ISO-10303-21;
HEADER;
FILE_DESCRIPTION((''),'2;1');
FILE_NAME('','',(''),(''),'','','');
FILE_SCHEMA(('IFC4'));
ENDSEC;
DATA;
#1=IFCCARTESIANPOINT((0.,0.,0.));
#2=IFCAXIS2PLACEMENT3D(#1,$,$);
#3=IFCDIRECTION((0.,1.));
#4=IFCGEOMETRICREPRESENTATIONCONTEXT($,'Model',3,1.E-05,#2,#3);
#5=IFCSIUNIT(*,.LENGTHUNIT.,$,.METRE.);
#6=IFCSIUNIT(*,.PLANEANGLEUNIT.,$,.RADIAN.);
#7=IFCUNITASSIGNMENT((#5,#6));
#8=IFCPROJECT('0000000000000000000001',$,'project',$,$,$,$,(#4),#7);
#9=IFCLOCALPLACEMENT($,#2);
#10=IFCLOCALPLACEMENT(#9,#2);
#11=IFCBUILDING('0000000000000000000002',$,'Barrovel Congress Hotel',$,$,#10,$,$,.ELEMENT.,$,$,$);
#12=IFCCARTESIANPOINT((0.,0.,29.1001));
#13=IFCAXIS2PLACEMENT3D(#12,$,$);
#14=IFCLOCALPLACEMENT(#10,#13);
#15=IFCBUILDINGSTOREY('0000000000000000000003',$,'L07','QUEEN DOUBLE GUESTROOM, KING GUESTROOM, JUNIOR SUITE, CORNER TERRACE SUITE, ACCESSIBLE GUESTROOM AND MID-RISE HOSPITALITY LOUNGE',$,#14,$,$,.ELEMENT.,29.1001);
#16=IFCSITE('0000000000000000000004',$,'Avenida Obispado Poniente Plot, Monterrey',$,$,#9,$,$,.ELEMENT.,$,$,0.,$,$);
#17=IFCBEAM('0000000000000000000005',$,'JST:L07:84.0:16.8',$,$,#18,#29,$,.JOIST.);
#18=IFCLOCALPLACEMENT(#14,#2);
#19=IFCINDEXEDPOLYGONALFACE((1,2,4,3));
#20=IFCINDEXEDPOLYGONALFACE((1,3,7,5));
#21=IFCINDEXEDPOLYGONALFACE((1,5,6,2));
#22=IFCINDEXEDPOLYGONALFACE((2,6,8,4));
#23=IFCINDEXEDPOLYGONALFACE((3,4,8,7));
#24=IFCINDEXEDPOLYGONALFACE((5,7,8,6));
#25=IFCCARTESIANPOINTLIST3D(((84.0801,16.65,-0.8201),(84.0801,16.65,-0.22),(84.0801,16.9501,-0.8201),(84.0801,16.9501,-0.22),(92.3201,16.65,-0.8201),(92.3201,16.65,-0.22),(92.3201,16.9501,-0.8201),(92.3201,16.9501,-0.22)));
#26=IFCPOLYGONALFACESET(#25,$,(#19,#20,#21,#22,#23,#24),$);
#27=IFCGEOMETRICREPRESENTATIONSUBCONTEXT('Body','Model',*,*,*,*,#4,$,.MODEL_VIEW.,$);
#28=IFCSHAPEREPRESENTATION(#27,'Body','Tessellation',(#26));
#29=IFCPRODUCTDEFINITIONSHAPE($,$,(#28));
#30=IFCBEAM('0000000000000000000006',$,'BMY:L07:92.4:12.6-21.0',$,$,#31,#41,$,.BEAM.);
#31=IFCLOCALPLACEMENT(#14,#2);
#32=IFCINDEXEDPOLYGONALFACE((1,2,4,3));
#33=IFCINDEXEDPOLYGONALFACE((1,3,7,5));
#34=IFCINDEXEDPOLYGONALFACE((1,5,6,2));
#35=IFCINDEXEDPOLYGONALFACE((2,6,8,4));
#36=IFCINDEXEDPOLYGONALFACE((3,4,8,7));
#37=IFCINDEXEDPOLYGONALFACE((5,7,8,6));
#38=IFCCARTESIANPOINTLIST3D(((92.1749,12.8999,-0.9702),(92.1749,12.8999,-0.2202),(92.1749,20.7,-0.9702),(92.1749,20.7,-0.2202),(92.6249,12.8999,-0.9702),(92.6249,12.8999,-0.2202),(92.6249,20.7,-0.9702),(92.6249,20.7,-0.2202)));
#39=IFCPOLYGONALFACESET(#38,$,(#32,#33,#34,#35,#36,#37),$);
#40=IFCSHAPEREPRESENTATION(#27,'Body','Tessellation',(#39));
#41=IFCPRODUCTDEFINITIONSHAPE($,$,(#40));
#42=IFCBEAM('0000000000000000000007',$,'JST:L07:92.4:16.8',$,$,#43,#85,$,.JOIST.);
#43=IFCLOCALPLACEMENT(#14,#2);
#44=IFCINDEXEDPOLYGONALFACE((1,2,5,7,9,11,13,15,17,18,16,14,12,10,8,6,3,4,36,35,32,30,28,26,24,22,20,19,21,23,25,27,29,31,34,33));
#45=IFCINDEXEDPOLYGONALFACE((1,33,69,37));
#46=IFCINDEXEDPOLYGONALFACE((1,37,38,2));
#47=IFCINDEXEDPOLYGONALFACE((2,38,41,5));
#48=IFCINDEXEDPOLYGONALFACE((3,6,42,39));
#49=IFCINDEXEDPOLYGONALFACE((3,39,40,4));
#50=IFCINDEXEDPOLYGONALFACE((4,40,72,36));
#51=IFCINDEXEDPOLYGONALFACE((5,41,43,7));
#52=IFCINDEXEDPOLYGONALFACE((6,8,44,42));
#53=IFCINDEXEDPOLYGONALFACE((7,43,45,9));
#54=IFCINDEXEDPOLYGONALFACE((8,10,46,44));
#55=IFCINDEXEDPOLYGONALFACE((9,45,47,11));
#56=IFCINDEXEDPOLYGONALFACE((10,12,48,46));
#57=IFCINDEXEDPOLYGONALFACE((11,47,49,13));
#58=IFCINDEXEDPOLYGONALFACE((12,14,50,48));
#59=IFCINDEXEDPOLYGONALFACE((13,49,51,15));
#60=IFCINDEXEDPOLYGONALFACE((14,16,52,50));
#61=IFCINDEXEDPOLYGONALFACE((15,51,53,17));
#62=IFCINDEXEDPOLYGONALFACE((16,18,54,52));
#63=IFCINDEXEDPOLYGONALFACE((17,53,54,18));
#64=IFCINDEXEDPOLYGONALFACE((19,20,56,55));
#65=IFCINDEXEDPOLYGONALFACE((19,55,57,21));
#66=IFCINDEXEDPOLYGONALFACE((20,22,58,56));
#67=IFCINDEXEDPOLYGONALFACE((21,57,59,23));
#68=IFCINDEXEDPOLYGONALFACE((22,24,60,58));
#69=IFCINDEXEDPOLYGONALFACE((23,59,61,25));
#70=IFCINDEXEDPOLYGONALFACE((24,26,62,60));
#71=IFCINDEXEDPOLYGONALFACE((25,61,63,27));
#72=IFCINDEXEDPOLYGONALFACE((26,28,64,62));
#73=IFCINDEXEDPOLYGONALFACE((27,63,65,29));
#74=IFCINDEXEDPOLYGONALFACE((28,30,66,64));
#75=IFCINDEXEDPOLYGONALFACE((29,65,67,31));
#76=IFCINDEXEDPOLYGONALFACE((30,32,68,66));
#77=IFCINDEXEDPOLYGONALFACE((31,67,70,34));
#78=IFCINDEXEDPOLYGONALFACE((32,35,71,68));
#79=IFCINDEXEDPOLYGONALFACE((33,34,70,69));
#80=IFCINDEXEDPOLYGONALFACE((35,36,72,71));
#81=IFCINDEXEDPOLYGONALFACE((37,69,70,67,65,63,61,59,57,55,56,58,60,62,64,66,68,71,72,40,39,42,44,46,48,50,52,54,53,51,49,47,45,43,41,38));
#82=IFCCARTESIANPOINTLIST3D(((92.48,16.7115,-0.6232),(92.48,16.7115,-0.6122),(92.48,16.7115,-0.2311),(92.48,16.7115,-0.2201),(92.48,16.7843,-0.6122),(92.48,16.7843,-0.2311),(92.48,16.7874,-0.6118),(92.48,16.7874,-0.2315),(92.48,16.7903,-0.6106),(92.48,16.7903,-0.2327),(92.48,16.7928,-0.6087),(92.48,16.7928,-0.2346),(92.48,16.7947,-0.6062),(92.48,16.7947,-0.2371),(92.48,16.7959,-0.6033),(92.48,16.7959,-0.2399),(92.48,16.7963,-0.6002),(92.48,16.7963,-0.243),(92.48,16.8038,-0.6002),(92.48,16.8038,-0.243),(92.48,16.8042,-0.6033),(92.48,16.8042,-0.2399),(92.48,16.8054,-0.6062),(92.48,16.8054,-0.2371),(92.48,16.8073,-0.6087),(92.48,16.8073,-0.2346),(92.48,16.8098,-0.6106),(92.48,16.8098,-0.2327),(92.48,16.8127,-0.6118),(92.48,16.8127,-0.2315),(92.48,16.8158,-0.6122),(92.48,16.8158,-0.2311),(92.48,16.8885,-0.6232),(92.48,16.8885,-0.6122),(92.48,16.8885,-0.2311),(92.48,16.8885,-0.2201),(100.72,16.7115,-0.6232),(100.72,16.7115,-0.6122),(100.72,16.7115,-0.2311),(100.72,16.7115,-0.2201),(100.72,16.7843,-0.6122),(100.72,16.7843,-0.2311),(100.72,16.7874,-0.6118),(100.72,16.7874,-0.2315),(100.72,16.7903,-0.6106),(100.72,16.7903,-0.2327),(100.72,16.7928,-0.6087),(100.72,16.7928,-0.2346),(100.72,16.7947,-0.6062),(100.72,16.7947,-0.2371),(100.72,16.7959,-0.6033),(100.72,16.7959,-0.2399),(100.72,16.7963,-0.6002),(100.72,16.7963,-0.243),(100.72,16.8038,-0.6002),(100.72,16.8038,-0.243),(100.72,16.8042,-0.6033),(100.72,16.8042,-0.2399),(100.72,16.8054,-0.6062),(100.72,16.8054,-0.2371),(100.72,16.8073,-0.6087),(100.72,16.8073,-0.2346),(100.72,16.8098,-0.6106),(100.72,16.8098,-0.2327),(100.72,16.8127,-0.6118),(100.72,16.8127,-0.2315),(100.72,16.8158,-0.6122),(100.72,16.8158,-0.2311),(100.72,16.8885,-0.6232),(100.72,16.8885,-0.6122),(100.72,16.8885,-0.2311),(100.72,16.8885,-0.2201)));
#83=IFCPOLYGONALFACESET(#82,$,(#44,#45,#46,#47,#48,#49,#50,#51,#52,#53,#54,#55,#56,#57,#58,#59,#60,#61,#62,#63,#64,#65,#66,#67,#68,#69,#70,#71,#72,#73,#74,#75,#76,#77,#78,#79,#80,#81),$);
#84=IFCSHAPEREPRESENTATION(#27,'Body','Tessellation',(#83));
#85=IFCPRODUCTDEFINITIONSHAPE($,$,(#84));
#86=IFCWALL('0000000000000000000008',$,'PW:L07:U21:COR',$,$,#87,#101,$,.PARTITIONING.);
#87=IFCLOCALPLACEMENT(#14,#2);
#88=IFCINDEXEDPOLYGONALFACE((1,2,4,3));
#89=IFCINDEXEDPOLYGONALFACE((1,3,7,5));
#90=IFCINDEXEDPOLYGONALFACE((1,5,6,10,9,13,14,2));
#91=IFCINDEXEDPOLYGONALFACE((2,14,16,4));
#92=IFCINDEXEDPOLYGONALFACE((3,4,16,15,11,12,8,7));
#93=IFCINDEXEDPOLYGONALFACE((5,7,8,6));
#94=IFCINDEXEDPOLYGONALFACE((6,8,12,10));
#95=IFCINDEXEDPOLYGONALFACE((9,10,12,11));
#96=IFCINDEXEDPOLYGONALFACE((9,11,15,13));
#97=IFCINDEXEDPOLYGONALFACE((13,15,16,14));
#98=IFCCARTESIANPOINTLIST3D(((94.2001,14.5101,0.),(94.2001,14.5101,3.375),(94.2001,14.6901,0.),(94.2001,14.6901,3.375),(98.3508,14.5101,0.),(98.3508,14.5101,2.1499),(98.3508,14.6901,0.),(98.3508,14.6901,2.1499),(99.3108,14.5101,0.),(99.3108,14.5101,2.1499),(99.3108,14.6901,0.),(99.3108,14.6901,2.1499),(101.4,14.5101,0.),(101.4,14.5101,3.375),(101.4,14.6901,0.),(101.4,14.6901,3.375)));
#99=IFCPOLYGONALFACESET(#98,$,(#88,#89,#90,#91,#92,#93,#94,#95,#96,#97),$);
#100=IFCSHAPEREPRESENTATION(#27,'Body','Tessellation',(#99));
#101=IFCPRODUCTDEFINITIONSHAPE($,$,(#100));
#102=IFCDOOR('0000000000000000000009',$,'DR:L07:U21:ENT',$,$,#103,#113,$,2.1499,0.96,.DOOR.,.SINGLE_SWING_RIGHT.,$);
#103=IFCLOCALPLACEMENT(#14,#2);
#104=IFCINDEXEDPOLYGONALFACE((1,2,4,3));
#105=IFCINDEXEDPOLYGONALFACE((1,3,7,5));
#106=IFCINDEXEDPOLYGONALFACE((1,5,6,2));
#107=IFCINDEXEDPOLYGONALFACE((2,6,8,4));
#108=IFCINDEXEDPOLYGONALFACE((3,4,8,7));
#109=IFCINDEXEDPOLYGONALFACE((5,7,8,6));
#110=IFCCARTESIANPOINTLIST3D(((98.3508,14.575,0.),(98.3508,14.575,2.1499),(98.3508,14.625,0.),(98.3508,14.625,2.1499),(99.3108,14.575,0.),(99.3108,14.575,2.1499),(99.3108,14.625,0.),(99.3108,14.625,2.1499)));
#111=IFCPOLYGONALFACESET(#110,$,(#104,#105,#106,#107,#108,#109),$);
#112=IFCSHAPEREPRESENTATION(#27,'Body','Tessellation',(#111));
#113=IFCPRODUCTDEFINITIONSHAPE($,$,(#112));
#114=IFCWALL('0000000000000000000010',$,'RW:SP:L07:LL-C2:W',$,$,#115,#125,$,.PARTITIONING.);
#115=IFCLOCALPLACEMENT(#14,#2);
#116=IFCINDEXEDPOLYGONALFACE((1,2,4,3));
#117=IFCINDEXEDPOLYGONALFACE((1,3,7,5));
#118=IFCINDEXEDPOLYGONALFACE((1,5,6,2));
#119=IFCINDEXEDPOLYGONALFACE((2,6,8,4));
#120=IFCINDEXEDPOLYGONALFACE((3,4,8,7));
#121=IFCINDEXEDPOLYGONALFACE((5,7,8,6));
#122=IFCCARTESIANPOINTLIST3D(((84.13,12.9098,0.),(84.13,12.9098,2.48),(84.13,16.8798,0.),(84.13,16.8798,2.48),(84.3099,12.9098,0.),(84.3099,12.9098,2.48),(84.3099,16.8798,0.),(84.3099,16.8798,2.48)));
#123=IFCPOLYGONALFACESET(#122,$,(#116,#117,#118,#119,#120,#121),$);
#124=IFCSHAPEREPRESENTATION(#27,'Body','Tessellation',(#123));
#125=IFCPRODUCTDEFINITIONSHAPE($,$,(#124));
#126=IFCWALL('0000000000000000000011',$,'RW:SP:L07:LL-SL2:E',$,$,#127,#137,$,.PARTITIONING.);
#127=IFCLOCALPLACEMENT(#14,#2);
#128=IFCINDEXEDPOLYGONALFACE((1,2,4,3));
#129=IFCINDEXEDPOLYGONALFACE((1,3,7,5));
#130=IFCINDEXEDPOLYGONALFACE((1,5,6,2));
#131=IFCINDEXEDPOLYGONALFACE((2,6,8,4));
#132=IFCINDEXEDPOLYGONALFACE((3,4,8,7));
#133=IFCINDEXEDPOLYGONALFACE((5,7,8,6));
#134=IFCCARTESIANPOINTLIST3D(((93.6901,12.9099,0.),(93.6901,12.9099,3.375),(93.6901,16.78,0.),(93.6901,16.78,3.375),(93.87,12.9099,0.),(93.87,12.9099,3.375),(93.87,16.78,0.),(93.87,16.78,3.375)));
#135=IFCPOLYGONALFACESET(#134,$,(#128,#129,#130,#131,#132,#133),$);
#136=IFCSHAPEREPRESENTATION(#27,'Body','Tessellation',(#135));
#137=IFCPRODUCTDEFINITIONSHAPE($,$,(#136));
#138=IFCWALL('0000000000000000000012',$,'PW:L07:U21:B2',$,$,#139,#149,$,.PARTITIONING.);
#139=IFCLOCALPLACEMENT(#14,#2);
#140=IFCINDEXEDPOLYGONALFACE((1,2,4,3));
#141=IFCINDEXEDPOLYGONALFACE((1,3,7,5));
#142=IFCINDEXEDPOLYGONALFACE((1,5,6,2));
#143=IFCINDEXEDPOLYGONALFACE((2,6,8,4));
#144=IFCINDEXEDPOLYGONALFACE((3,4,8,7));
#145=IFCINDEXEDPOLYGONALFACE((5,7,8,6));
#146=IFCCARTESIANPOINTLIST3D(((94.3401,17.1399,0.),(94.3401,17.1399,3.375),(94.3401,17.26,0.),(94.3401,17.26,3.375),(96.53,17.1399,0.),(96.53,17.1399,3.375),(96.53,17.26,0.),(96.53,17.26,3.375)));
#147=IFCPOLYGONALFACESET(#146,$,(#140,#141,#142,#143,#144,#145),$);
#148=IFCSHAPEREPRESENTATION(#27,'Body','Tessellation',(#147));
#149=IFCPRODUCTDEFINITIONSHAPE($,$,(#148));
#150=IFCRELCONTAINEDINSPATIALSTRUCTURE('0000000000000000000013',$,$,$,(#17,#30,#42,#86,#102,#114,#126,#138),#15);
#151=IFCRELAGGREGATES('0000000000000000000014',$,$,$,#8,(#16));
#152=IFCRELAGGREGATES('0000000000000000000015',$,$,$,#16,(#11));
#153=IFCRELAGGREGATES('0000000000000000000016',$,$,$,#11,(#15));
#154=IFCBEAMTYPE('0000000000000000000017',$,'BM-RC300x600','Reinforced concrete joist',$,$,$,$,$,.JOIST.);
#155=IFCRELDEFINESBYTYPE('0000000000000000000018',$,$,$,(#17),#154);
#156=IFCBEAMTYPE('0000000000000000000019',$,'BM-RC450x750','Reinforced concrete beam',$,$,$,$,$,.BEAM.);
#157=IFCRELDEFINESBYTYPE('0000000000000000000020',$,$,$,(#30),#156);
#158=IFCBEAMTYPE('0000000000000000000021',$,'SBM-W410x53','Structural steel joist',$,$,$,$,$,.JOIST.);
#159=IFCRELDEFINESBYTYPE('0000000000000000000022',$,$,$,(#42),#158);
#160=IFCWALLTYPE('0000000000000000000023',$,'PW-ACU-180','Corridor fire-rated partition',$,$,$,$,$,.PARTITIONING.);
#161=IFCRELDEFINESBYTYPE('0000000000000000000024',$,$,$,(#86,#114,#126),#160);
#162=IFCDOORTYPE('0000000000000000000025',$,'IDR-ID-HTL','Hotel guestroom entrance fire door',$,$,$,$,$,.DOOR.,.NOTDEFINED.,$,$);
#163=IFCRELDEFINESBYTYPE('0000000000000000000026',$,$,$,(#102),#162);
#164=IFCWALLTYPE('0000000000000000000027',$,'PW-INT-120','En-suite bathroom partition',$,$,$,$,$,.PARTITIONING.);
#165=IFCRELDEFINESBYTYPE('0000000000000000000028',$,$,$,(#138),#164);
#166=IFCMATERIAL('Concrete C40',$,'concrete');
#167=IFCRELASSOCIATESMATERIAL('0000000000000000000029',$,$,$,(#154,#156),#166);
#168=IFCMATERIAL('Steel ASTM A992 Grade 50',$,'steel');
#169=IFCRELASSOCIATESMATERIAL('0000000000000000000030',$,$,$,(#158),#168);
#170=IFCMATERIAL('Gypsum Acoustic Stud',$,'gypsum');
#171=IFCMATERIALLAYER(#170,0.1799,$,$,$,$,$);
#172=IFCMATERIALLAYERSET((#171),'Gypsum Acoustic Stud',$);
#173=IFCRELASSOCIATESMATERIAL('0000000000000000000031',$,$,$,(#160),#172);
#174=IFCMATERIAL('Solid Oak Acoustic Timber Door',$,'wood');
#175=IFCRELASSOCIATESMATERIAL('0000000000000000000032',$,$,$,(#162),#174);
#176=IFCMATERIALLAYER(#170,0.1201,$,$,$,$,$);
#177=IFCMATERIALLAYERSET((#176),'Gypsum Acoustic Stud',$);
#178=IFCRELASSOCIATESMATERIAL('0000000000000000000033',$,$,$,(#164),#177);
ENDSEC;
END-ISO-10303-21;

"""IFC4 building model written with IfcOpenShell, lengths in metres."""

from ifc_helpers import new_model, si_unit, direction, frame, frame_2d, origin, origin_2d, place, context, subcontext, project, spatial, rectangle, i_section, extrude, material, layer, layer_set, material_profile, profile_set, type_object, element, fill, save


model = new_model("IFC4")

# Units and contexts
model_context = context("Model", 3, precision=1e-05, world=origin(), true_north=direction((0.0, 1.0)))
body_context = subcontext(model_context, "Body", "Model", "MODEL_VIEW")
ifc_project = project(units=[si_unit("LENGTHUNIT", "METRE"), si_unit("PLANEANGLEUNIT", "RADIAN")], contexts=[model_context])

# Site, building, storey
site_placement = place(None, origin())
site = spatial("IfcSite", under=ifc_project, at=site_placement, Name="Avenida Obispado Poniente Plot, Monterrey", CompositionType="ELEMENT", RefElevation=0.0)
building_placement = place(site_placement, origin())
building = spatial("IfcBuilding", under=site, at=building_placement, Name="Barrovel Congress Hotel", CompositionType="ELEMENT")
storey_placement = place(building_placement, frame((0.0, 0.0, 29.1001)))
storey = spatial("IfcBuildingStorey", under=building, at=storey_placement, Name="L07", Description="QUEEN DOUBLE GUESTROOM, KING GUESTROOM, JUNIOR SUITE, CORNER TERRACE SUITE, ACCESSIBLE GUESTROOM AND MID-RISE HOSPITALITY LOUNGE", CompositionType="ELEMENT", Elevation=29.1001)

# Beams
ifc_material_1 = material(Name="Concrete C40", Category="concrete")
ifc_material_profile_1 = material_profile(ifc_material_1, rectangle(XDim=0.3, YDim=0.6001, at=origin_2d()), Name="RC300x600")
ifc_profile_set_1 = profile_set([ifc_material_profile_1], Name="Concrete C40")
beam_type_1 = type_object("IfcBeamType", Name="BM-RC300x600", Description="Reinforced concrete joist", PredefinedType="JOIST", material=ifc_profile_set_1)
beam_1_placement = place(storey_placement, frame((84.0801, 16.8, -0.52), z_axis=(1.0, 0.0, 0.0), x_axis=(0.0, 1.0, 0.0)))
element("IfcBeam", 1, at=beam_1_placement, inside=storey, type_object=beam_type_1, Name="JST:L07:84.0:16.8", PredefinedType="JOIST", context=body_context, shape_type="SweptSolid", body=[
    extrude(rectangle(XDim=0.3, YDim=0.6001, at=origin_2d()), origin(), (0.0, 0.0, 1.0), 8.24),
])
ifc_material_profile_2 = material_profile(ifc_material_1, rectangle(XDim=0.45, YDim=0.75, at=origin_2d()), Name="RC450x750")
ifc_profile_set_2 = profile_set([ifc_material_profile_2], Name="Concrete C40")
beam_type_2 = type_object("IfcBeamType", Name="BM-RC450x750", Description="Reinforced concrete beam", PredefinedType="BEAM", material=ifc_profile_set_2)
beam_2_placement = place(storey_placement, frame((92.3999, 12.8999, -0.5952), z_axis=(0.0, 1.0, 0.0), x_axis=(-1.0, 0.0, 0.0)))
element("IfcBeam", 2, at=beam_2_placement, inside=storey, type_object=beam_type_2, Name="BMY:L07:92.4:12.6-21.0", PredefinedType="BEAM", context=body_context, shape_type="SweptSolid", body=[
    extrude(rectangle(XDim=0.45, YDim=0.75, at=origin_2d()), origin(), (0.0, 0.0, 1.0), 7.8),
])
ifc_material_2 = material(Name="Steel ASTM A992 Grade 50", Category="steel")
ifc_material_profile_3 = material_profile(ifc_material_2, i_section(OverallWidth=0.177, OverallDepth=0.4031, WebThickness=0.0076, FlangeThickness=0.011, FilletRadius=0.012, at=origin_2d()), Name="W410x53")
ifc_profile_set_3 = profile_set([ifc_material_profile_3], Name="Steel ASTM A992 Grade 50")
beam_type_3 = type_object("IfcBeamType", Name="SBM-W410x53", Description="Structural steel joist", PredefinedType="JOIST", material=ifc_profile_set_3)
beam_3_placement = place(storey_placement, frame((92.48, 16.8, -0.4216), z_axis=(1.0, 0.0, 0.0), x_axis=(0.0, 1.0, 0.0)))
element("IfcBeam", 3, at=beam_3_placement, inside=storey, type_object=beam_type_3, Name="JST:L07:92.4:16.8", PredefinedType="JOIST", context=body_context, shape_type="SweptSolid", body=[
    extrude(i_section(OverallWidth=0.177, OverallDepth=0.4031, WebThickness=0.0076, FlangeThickness=0.011, FilletRadius=0.012, at=origin_2d()), origin(), (0.0, 0.0, 1.0), 8.24),
])

# Wall, opening, door
ifc_material_3 = material(Name="Gypsum Acoustic Stud", Category="gypsum")
ifc_layer_1 = layer(ifc_material_3, 0.1799)
ifc_layer_set_1 = layer_set([ifc_layer_1], Name="Gypsum Acoustic Stud")
wall_type_1 = type_object("IfcWallType", Name="PW-ACU-180", Description="Corridor fire-rated partition", PredefinedType="PARTITIONING", material=ifc_layer_set_1)
wall_1_placement = place(storey_placement, frame((94.2, 14.6001, 0.0), z_axis=(0.0, 0.0, 1.0), x_axis=(1.0, 0.0, 0.0)))
wall_1 = element("IfcWall", 4, at=wall_1_placement, inside=storey, type_object=wall_type_1, Name="PW:L07:U21:COR", PredefinedType="PARTITIONING", context=body_context, shape_type="SweptSolid", body=[
    extrude(rectangle(XDim=7.2, YDim=0.1799, at=frame_2d((3.6001, 0.0))), origin(), (0.0, 0.0, 1.0), 3.375),
])
opening_1_placement = place(wall_1_placement, frame((4.1509, 0.0, 0.0)))
opening_1 = element("IfcOpeningElement", 5, at=opening_1_placement, cuts=wall_1, PredefinedType="OPENING", context=body_context, shape_type="SweptSolid", body=[
    extrude(rectangle(XDim=0.96, YDim=2.1499, at=frame_2d((0.48, 1.075))), frame((0.0, 0.1001, 0.0), z_axis=(0.0, -1.0, 0.0), x_axis=(1.0, 0.0, 0.0)), (0.0, 0.0, 1.0), 0.2),
])
ifc_material_4 = material(Name="Solid Oak Acoustic Timber Door", Category="wood")
door_type_1 = type_object("IfcDoorType", Name="IDR-ID-HTL", Description="Hotel guestroom entrance fire door", OperationType="NOTDEFINED", PredefinedType="DOOR", material=ifc_material_4)
door_1_placement = place(opening_1_placement, origin())
door_1 = element("IfcDoor", 6, at=door_1_placement, inside=storey, type_object=door_type_1, Name="DR:L07:U21:ENT", OperationType="SINGLE_SWING_RIGHT", OverallHeight=2.1499, OverallWidth=0.96, PredefinedType="DOOR", context=body_context, shape_type="SweptSolid", body=[
    extrude(rectangle(XDim=0.96, YDim=2.1499, at=frame_2d((0.48, 1.075))), frame((0.0, 0.0249, 0.0), z_axis=(0.0, -1.0, 0.0), x_axis=(1.0, 0.0, 0.0)), (0.0, 0.0, 1.0), 0.05),
])
fill(opening_1, door_1)

# Walls
wall_2_placement = place(storey_placement, frame((84.22, 12.9099, 0.0), z_axis=(0.0, 0.0, 1.0), x_axis=(0.0, 1.0, 0.0)))
element("IfcWall", 7, at=wall_2_placement, inside=storey, type_object=wall_type_1, Name="RW:SP:L07:LL-C2:W", PredefinedType="PARTITIONING", context=body_context, shape_type="SweptSolid", body=[
    extrude(rectangle(XDim=3.97, YDim=0.1799, at=frame_2d((1.9849, 0.0))), origin(), (0.0, 0.0, 1.0), 2.48),
])
wall_3_placement = place(storey_placement, frame((93.78, 12.9099, 0.0), z_axis=(0.0, 0.0, 1.0), x_axis=(0.0, 1.0, 0.0)))
element("IfcWall", 8, at=wall_3_placement, inside=storey, type_object=wall_type_1, Name="RW:SP:L07:LL-SL2:E", PredefinedType="PARTITIONING", context=body_context, shape_type="SweptSolid", body=[
    extrude(rectangle(XDim=3.8701, YDim=0.1799, at=frame_2d((1.9351, 0.0))), origin(), (0.0, 0.0, 1.0), 3.375),
])
ifc_layer_2 = layer(ifc_material_3, 0.1201)
ifc_layer_set_2 = layer_set([ifc_layer_2], Name="Gypsum Acoustic Stud")
wall_type_2 = type_object("IfcWallType", Name="PW-INT-120", Description="En-suite bathroom partition", PredefinedType="PARTITIONING", material=ifc_layer_set_2)
wall_4_placement = place(storey_placement, frame((94.3401, 17.2, 0.0), z_axis=(0.0, 0.0, 1.0), x_axis=(1.0, 0.0, 0.0)))
element("IfcWall", 9, at=wall_4_placement, inside=storey, type_object=wall_type_2, Name="PW:L07:U21:B2", PredefinedType="PARTITIONING", context=body_context, shape_type="SweptSolid", body=[
    extrude(rectangle(XDim=2.1899, YDim=0.1201, at=frame_2d((1.095, 0.0))), origin(), (0.0, 0.0, 1.0), 3.375),
])

save(model, "model.ifc")
